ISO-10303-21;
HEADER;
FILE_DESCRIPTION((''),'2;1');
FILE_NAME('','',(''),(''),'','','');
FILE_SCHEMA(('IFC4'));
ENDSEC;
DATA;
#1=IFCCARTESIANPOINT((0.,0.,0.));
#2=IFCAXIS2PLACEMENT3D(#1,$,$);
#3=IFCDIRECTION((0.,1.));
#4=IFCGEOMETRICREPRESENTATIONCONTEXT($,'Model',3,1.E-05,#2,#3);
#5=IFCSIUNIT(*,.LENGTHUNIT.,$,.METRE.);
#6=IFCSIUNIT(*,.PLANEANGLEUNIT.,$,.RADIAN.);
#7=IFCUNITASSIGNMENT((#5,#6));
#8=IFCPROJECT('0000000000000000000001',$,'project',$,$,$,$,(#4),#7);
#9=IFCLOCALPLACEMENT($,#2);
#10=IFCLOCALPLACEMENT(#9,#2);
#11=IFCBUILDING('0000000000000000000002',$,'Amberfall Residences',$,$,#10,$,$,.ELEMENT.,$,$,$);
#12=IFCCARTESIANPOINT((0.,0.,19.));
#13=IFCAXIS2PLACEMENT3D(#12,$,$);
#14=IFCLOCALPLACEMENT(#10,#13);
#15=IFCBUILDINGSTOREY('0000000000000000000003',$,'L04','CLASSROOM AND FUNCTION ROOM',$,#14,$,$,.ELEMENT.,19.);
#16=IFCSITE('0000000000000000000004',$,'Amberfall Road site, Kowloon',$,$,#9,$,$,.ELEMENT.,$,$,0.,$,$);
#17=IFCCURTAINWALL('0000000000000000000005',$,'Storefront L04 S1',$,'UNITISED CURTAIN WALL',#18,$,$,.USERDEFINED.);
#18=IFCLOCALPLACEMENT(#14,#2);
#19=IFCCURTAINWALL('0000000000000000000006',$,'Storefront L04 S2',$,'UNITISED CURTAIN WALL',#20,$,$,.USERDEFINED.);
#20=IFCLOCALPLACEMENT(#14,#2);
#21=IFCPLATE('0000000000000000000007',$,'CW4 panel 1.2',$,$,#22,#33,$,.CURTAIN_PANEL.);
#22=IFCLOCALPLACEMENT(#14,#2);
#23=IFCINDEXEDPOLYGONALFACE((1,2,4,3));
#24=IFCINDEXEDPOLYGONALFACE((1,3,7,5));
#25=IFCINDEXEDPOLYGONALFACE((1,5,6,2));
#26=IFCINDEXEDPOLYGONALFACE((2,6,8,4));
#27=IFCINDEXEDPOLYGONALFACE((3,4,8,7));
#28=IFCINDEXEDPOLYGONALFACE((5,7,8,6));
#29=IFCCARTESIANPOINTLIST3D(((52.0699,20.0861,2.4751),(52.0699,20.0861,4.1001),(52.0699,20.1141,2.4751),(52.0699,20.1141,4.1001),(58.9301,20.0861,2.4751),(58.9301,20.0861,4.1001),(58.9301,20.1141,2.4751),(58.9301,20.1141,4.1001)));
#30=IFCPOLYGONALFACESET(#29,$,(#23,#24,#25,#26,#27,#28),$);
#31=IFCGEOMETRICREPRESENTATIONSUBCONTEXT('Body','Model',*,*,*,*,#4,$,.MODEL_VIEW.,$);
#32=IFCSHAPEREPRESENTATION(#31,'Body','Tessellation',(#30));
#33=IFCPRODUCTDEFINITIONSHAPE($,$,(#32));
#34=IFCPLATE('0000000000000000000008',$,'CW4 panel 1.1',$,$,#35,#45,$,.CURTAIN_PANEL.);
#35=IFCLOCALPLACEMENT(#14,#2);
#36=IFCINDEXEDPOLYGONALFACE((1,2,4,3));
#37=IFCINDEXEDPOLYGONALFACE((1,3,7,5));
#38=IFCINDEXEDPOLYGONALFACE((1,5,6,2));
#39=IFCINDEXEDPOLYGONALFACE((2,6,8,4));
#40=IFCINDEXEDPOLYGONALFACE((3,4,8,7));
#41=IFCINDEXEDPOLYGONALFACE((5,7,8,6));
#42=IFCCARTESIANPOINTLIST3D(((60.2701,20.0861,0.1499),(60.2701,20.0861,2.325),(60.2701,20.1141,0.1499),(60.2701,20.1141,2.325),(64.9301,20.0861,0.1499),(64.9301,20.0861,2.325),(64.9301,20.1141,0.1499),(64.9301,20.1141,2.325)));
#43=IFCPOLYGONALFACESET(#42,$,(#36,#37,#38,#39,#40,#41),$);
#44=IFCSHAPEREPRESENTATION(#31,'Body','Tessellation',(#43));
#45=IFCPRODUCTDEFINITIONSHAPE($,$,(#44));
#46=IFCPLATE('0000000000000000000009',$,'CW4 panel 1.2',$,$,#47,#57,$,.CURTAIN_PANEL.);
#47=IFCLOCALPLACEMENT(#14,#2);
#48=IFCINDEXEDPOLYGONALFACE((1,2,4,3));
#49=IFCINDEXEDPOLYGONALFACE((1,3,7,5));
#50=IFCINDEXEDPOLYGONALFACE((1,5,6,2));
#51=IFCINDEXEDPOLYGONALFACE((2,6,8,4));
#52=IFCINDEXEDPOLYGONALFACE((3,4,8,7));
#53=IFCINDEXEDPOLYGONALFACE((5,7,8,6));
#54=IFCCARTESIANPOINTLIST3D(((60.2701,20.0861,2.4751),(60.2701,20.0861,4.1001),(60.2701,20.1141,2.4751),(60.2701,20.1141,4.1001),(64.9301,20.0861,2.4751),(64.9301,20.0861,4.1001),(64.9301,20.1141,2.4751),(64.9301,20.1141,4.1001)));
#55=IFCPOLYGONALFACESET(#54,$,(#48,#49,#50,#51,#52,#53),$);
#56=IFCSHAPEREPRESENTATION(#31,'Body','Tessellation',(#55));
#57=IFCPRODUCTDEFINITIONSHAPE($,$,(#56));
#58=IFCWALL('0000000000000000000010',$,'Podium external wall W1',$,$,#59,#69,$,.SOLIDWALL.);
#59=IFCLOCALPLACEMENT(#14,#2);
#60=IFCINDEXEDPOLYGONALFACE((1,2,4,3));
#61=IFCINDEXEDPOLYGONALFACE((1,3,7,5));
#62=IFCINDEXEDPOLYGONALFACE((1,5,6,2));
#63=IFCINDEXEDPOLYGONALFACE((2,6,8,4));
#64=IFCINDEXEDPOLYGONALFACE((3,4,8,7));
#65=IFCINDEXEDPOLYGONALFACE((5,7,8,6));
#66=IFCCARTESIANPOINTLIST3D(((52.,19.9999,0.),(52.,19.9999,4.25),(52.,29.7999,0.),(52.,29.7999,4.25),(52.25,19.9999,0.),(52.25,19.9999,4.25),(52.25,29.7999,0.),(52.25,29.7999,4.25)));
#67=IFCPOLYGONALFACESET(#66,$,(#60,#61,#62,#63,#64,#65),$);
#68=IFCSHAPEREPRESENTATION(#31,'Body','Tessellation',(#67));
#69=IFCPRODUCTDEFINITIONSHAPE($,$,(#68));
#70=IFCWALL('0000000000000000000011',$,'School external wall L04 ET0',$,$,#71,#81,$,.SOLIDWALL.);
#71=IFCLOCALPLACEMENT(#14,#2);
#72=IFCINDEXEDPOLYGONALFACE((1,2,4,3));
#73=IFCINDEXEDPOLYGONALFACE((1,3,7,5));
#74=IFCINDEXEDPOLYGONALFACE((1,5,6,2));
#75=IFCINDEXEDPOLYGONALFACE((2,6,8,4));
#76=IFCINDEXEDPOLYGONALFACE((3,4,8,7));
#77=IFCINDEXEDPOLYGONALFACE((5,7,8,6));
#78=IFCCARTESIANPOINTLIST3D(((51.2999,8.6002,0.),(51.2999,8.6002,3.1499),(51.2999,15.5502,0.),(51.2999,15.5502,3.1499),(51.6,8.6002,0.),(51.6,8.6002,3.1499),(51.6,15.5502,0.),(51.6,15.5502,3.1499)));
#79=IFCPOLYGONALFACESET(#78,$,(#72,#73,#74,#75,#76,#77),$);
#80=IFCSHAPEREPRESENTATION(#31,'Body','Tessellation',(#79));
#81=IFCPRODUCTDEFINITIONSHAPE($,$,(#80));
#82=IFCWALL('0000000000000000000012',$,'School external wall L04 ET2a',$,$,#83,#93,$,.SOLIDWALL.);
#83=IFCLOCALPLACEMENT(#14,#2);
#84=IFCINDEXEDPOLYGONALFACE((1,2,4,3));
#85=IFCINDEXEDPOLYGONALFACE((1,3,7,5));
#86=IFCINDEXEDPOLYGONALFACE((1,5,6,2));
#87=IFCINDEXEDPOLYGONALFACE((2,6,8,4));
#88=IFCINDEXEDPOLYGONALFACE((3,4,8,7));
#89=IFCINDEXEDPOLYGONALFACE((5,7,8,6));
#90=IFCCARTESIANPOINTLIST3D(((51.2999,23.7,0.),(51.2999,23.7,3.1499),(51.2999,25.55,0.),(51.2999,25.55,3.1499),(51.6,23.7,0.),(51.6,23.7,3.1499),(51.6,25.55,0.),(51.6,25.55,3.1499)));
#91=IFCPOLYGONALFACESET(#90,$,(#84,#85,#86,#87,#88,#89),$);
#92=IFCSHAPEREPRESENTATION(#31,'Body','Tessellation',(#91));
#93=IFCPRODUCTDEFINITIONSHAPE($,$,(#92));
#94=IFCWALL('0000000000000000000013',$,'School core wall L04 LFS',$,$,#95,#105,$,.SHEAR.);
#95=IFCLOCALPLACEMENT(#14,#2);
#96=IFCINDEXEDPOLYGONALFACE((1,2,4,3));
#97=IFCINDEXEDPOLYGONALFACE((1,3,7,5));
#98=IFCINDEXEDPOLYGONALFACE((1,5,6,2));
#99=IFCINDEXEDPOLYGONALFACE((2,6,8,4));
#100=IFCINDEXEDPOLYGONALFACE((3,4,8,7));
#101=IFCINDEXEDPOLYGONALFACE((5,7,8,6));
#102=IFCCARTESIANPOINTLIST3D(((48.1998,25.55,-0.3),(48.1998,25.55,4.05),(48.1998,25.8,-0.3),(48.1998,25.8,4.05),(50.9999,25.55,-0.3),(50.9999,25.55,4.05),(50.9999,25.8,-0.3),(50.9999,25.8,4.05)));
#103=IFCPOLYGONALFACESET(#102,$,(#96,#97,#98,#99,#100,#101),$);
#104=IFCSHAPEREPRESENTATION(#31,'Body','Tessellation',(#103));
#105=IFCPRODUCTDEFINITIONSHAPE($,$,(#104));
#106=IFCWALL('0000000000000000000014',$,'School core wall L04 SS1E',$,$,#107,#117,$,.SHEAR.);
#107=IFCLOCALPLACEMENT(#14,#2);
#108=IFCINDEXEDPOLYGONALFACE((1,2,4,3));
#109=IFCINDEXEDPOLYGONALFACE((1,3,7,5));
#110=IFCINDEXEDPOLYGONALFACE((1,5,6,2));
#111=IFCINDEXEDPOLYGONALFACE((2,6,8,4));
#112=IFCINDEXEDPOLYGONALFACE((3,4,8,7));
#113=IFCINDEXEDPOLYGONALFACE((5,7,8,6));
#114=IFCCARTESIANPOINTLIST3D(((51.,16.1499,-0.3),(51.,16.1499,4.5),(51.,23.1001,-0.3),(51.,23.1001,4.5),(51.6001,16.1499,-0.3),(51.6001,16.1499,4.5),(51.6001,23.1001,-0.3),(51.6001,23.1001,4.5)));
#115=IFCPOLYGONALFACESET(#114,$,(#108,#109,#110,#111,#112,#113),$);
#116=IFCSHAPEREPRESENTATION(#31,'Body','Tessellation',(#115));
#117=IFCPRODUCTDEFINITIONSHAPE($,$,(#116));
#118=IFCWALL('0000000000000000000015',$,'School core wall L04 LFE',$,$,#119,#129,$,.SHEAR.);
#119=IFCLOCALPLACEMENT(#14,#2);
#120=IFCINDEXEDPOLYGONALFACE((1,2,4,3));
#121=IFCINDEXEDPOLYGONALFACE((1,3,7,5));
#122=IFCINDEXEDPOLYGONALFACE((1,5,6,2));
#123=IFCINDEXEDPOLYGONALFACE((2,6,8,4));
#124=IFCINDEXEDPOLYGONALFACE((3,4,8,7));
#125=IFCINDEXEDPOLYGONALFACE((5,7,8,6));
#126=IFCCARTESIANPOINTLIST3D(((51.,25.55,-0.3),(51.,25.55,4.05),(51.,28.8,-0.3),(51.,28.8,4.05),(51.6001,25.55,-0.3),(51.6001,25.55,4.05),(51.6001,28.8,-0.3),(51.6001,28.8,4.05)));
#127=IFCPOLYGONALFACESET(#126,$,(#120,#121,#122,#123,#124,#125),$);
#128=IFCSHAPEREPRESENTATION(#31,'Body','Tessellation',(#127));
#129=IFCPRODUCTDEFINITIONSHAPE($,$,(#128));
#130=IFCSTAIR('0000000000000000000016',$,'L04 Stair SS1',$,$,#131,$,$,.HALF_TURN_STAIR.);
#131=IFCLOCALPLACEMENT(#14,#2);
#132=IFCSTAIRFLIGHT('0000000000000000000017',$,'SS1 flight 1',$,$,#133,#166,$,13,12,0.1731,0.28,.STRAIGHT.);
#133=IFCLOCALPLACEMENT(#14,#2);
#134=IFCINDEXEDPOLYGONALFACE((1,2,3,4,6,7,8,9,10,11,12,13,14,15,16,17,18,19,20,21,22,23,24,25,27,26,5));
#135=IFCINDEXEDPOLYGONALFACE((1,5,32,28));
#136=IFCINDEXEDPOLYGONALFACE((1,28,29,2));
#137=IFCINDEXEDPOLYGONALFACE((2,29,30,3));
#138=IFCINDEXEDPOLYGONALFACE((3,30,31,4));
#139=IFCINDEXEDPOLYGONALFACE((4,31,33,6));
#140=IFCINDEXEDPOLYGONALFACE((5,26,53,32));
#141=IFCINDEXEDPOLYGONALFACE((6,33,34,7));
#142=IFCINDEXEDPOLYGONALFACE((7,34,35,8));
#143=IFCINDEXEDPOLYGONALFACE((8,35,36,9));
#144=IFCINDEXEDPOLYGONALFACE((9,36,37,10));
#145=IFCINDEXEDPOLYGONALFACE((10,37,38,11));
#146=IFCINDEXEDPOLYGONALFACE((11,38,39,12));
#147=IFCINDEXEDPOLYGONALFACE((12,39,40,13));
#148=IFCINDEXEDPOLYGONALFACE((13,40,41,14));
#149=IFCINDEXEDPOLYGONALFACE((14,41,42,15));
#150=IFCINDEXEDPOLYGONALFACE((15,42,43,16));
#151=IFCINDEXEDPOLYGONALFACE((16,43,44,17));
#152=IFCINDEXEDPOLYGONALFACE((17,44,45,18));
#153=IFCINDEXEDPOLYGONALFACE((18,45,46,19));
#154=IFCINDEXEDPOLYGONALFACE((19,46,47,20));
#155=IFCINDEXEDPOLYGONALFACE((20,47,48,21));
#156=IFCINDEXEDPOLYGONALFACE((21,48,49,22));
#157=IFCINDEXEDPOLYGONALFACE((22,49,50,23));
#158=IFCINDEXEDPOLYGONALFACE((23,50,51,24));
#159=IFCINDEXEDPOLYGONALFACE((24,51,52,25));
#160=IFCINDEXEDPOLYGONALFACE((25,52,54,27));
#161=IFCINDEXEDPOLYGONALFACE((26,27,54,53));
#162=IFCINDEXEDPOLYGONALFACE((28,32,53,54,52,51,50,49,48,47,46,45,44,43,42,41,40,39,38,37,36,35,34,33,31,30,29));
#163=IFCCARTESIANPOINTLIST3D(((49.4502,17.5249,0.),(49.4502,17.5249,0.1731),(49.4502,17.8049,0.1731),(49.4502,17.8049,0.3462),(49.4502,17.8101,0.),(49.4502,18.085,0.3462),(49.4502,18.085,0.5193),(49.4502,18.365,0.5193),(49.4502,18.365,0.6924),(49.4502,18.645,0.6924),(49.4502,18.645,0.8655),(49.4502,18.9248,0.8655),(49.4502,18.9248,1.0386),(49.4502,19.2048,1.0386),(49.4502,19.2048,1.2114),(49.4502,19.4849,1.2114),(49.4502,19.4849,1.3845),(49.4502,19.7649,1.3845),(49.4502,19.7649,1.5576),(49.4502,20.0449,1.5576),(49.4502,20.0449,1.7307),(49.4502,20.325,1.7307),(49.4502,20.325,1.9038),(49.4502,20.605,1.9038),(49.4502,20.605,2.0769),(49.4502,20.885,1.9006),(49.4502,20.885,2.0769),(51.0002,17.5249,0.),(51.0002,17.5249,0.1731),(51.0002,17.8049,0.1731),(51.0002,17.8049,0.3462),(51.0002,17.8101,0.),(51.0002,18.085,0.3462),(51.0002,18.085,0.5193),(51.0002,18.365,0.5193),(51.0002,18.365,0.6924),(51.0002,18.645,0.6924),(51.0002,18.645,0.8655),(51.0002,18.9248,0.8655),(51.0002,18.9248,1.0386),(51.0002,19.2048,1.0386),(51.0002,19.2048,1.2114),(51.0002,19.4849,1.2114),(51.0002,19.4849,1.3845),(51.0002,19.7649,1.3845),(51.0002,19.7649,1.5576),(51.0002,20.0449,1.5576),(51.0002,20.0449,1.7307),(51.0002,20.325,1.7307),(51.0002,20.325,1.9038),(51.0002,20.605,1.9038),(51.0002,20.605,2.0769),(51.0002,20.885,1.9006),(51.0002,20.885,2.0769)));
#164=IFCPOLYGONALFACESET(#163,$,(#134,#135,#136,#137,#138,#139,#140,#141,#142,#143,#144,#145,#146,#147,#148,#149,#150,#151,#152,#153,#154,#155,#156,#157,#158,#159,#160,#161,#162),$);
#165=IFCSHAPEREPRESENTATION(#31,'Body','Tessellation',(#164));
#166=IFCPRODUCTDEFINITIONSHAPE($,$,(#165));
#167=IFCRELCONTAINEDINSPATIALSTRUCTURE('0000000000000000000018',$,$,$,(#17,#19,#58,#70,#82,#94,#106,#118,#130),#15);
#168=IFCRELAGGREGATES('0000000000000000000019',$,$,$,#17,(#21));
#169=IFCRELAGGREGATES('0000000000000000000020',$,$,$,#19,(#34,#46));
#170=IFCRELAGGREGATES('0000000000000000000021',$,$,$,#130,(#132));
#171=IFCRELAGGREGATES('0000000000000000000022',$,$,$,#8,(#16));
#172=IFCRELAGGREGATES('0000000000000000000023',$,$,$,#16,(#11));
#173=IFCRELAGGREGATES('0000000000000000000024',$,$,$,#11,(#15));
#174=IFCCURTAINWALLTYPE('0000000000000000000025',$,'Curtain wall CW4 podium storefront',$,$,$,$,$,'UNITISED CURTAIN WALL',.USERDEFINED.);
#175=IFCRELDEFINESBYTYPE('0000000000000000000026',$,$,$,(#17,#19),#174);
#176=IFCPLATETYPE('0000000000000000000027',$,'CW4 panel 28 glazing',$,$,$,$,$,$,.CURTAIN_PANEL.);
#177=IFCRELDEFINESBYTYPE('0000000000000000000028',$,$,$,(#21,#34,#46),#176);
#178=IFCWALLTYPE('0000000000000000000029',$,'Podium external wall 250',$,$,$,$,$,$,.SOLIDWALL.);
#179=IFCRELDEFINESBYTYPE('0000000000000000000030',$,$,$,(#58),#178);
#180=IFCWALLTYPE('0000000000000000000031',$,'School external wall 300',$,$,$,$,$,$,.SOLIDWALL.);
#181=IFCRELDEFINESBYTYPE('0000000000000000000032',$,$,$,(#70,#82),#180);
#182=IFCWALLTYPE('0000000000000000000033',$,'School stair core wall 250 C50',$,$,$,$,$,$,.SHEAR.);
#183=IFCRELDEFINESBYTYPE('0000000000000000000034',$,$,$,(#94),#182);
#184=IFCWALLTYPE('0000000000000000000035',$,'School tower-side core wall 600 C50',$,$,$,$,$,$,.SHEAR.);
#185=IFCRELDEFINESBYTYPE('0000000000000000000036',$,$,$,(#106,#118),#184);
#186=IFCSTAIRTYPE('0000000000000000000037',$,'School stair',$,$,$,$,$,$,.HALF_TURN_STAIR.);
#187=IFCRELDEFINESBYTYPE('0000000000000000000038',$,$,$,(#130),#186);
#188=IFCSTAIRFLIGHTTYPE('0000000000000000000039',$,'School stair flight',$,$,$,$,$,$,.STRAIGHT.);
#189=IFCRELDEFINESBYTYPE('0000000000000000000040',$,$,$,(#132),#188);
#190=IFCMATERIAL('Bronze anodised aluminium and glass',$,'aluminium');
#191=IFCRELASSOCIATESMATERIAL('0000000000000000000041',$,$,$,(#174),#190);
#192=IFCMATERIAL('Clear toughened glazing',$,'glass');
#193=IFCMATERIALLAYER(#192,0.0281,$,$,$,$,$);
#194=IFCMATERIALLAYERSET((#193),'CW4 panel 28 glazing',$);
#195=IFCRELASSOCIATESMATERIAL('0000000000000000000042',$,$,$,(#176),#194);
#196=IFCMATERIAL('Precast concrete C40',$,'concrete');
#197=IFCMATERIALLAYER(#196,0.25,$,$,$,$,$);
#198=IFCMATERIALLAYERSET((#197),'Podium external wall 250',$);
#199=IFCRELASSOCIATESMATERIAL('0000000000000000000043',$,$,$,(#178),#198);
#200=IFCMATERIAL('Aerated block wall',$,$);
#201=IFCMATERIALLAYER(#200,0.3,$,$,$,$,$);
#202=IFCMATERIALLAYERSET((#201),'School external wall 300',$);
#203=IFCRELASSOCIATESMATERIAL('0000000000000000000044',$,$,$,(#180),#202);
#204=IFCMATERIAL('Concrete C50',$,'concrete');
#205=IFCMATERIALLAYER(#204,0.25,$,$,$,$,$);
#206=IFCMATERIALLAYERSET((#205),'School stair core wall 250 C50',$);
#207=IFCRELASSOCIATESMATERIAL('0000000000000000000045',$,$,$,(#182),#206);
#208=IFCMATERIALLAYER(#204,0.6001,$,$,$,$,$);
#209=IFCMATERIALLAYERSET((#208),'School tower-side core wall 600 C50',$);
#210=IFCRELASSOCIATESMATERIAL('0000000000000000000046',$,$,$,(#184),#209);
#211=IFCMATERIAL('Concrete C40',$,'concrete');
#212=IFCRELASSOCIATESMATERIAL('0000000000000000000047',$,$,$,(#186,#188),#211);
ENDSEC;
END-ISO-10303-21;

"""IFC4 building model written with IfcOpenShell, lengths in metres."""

from ifc_helpers import new_model, si_unit, direction, frame, frame_2d, origin, origin_2d, place, context, subcontext, project, spatial, polyline, rectangle, outline, extrude, material, layer, layer_set, type_object, element, aggregate, save


model = new_model("IFC4")

# Units and contexts
model_context = context("Model", 3, precision=1e-05, world=origin(), true_north=direction((0.0, 1.0)))
body_context = subcontext(model_context, "Body", "Model", "MODEL_VIEW")
ifc_project = project(units=[si_unit("LENGTHUNIT", "METRE"), si_unit("PLANEANGLEUNIT", "RADIAN")], contexts=[model_context])

# Site, building, storey
site_placement = place(None, origin())
site = spatial("IfcSite", under=ifc_project, at=site_placement, Name="Amberfall Road site, Kowloon", CompositionType="ELEMENT", RefElevation=0.0)
building_placement = place(site_placement, origin())
building = spatial("IfcBuilding", under=site, at=building_placement, Name="Amberfall Residences", CompositionType="ELEMENT")
storey_placement = place(building_placement, frame((0.0, 0.0, 19.0)))
storey = spatial("IfcBuildingStorey", under=building, at=storey_placement, Name="L04", Description="CLASSROOM AND FUNCTION ROOM", CompositionType="ELEMENT", Elevation=19.0)

# Shared definitions
ifc_material_1 = material(Name="Concrete C40", Category="concrete")

# Curtain walls
ifc_material_2 = material(Name="Bronze anodised aluminium and glass", Category="aluminium")
curtain_wall_type = type_object("IfcCurtainWallType", Name="Curtain wall CW4 podium storefront", ElementType="UNITISED CURTAIN WALL", PredefinedType="USERDEFINED", material=ifc_material_2)
curtain_wall_1_placement = place(storey_placement, origin())
curtain_wall_1 = element("IfcCurtainWall", 1, at=curtain_wall_1_placement, inside=storey, type_object=curtain_wall_type, Name="Storefront L04 S1", ObjectType="UNITISED CURTAIN WALL", PredefinedType="USERDEFINED")
curtain_wall_2_placement = place(storey_placement, origin())
curtain_wall_2 = element("IfcCurtainWall", 2, at=curtain_wall_2_placement, inside=storey, type_object=curtain_wall_type, Name="Storefront L04 S2", ObjectType="UNITISED CURTAIN WALL", PredefinedType="USERDEFINED")

# Plates
ifc_material_3 = material(Name="Clear toughened glazing", Category="glass")
ifc_layer_1 = layer(ifc_material_3, 0.0281)
ifc_layer_set_1 = layer_set([ifc_layer_1], Name="CW4 panel 28 glazing")
plate_type = type_object("IfcPlateType", Name="CW4 panel 28 glazing", PredefinedType="CURTAIN_PANEL", material=ifc_layer_set_1)
plate_1_placement = place(storey_placement, frame((55.5, 20.1001, 2.4751), z_axis=(0.0, 0.0, 1.0), x_axis=(1.0, 0.0, 0.0)))
plate_1 = element("IfcPlate", 3, at=plate_1_placement, type_object=plate_type, Name="CW4 panel 1.2", PredefinedType="CURTAIN_PANEL", context=body_context, shape_type="SweptSolid", body=[
    extrude(rectangle(XDim=6.8601, YDim=0.0281, at=origin_2d()), origin(), (0.0, 0.0, 1.0), 1.625),
])
aggregate(curtain_wall_1, [plate_1])
plate_2_placement = place(storey_placement, frame((62.6001, 20.1001, 0.1499), z_axis=(0.0, 0.0, 1.0), x_axis=(1.0, 0.0, 0.0)))
plate_2 = element("IfcPlate", 4, at=plate_2_placement, type_object=plate_type, Name="CW4 panel 1.1", PredefinedType="CURTAIN_PANEL", context=body_context, shape_type="SweptSolid", body=[
    extrude(rectangle(XDim=4.6599, YDim=0.0281, at=origin_2d()), origin(), (0.0, 0.0, 1.0), 2.175),
])
plate_3_placement = place(storey_placement, frame((62.6001, 20.1001, 2.4751), z_axis=(0.0, 0.0, 1.0), x_axis=(1.0, 0.0, 0.0)))
plate_3 = element("IfcPlate", 5, at=plate_3_placement, type_object=plate_type, Name="CW4 panel 1.2", PredefinedType="CURTAIN_PANEL", context=body_context, shape_type="SweptSolid", body=[
    extrude(rectangle(XDim=4.6599, YDim=0.0281, at=origin_2d()), origin(), (0.0, 0.0, 1.0), 1.625),
])
aggregate(curtain_wall_2, [plate_2, plate_3])

# Walls
ifc_material_4 = material(Name="Precast concrete C40", Category="concrete")
ifc_layer_2 = layer(ifc_material_4, 0.25)
ifc_layer_set_2 = layer_set([ifc_layer_2], Name="Podium external wall 250")
wall_type_1 = type_object("IfcWallType", Name="Podium external wall 250", PredefinedType="SOLIDWALL", material=ifc_layer_set_2)
wall_1_placement = place(storey_placement, frame((52.125, 20.0, 0.0), z_axis=(0.0, 0.0, 1.0), x_axis=(0.0, 1.0, 0.0)))
element("IfcWall", 6, at=wall_1_placement, inside=storey, type_object=wall_type_1, Name="Podium external wall W1", PredefinedType="SOLIDWALL", context=body_context, shape_type="SweptSolid", body=[
    extrude(rectangle(XDim=9.8, YDim=0.25, at=frame_2d((4.8999, 0.0))), origin(), (0.0, 0.0, 1.0), 4.25),
])
ifc_material_5 = material(Name="Aerated block wall")
ifc_layer_3 = layer(ifc_material_5, 0.3)
ifc_layer_set_3 = layer_set([ifc_layer_3], Name="School external wall 300")
wall_type_2 = type_object("IfcWallType", Name="School external wall 300", PredefinedType="SOLIDWALL", material=ifc_layer_set_3)
wall_2_placement = place(storey_placement, frame((51.45, 8.6001, 0.0), z_axis=(0.0, 0.0, 1.0), x_axis=(0.0, 1.0, 0.0)))
element("IfcWall", 7, at=wall_2_placement, inside=storey, type_object=wall_type_2, Name="School external wall L04 ET0", PredefinedType="SOLIDWALL", context=body_context, shape_type="SweptSolid", body=[
    extrude(rectangle(XDim=6.95, YDim=0.3, at=frame_2d((3.4751, 0.0))), origin(), (0.0, 0.0, 1.0), 3.1499),
])
wall_3_placement = place(storey_placement, frame((51.45, 23.7, 0.0), z_axis=(0.0, 0.0, 1.0), x_axis=(0.0, 1.0, 0.0)))
element("IfcWall", 8, at=wall_3_placement, inside=storey, type_object=wall_type_2, Name="School external wall L04 ET2a", PredefinedType="SOLIDWALL", context=body_context, shape_type="SweptSolid", body=[
    extrude(rectangle(XDim=1.8501, YDim=0.3, at=frame_2d((0.925, 0.0))), origin(), (0.0, 0.0, 1.0), 3.1499),
])
ifc_material_6 = material(Name="Concrete C50", Category="concrete")
ifc_layer_4 = layer(ifc_material_6, 0.25)
ifc_layer_set_4 = layer_set([ifc_layer_4], Name="School stair core wall 250 C50")
wall_type_3 = type_object("IfcWallType", Name="School stair core wall 250 C50", PredefinedType="SHEAR", material=ifc_layer_set_4)
wall_4_placement = place(storey_placement, frame((48.2, 25.675, -0.3), z_axis=(0.0, 0.0, 1.0), x_axis=(1.0, 0.0, 0.0)))
element("IfcWall", 9, at=wall_4_placement, inside=storey, type_object=wall_type_3, Name="School core wall L04 LFS", PredefinedType="SHEAR", context=body_context, shape_type="SweptSolid", body=[
    extrude(rectangle(XDim=2.8, YDim=0.25, at=frame_2d((1.3999, 0.0))), origin(), (0.0, 0.0, 1.0), 4.3501),
])
ifc_layer_5 = layer(ifc_material_6, 0.6001)
ifc_layer_set_5 = layer_set([ifc_layer_5], Name="School tower-side core wall 600 C50")
wall_type_4 = type_object("IfcWallType", Name="School tower-side core wall 600 C50", PredefinedType="SHEAR", material=ifc_layer_set_5)
wall_5_placement = place(storey_placement, frame((51.3, 16.1499, -0.3), z_axis=(0.0, 0.0, 1.0), x_axis=(0.0, 1.0, 0.0)))
element("IfcWall", 10, at=wall_5_placement, inside=storey, type_object=wall_type_4, Name="School core wall L04 SS1E", PredefinedType="SHEAR", context=body_context, shape_type="SweptSolid", body=[
    extrude(rectangle(XDim=6.9502, YDim=0.6001, at=frame_2d((3.4751, 0.0))), origin(), (0.0, 0.0, 1.0), 4.8),
])
wall_6_placement = place(storey_placement, frame((51.3, 25.55, -0.3), z_axis=(0.0, 0.0, 1.0), x_axis=(0.0, 1.0, 0.0)))
element("IfcWall", 11, at=wall_6_placement, inside=storey, type_object=wall_type_4, Name="School core wall L04 LFE", PredefinedType="SHEAR", context=body_context, shape_type="SweptSolid", body=[
    extrude(rectangle(XDim=3.25, YDim=0.6001, at=frame_2d((1.625, 0.0))), origin(), (0.0, 0.0, 1.0), 4.3501),
])

# Stair, stair flight
stair_type = type_object("IfcStairType", Name="School stair", PredefinedType="HALF_TURN_STAIR", material=ifc_material_1)
stair_placement = place(storey_placement, origin())
stair = element("IfcStair", 12, at=stair_placement, inside=storey, type_object=stair_type, Name="L04 Stair SS1", PredefinedType="HALF_TURN_STAIR")
stair_flight_type = type_object("IfcStairFlightType", Name="School stair flight", PredefinedType="STRAIGHT", material=ifc_material_1)
stair_flight_1_placement = place(storey_placement, frame((50.2251, 17.5249, 0.0), z_axis=(0.0, 0.0, 1.0), x_axis=(0.0, 1.0, 0.0)))
stair_flight_1 = element("IfcStairFlight", 13, at=stair_flight_1_placement, type_object=stair_flight_type, Name="SS1 flight 1", NumberOfRisers=13, NumberOfTreads=12, PredefinedType="STRAIGHT", RiserHeight=0.1731, TreadLength=0.28, context=body_context, shape_type="SweptSolid", body=[
    extrude(outline(polyline([(0.0, 0.0), (0.0, 0.1731), (0.28, 0.1731), (0.28, 0.3462), (0.5601, 0.3462), (0.5601, 0.5193), (0.8401, 0.5193), (0.8401, 0.6924), (1.1201, 0.6924), (1.1201, 0.8655), (1.3999, 0.8655), (1.3999, 1.0386), (1.6799, 1.0386), (1.6799, 1.2114), (1.96, 1.2114), (1.96, 1.3845), (2.24, 1.3845), (2.24, 1.5576), (2.52, 1.5576), (2.52, 1.7307), (2.8, 1.7307), (2.8, 1.9038), (3.0801, 1.9038), (3.0801, 2.0769), (3.3601, 2.0769), (3.3601, 2.25), (3.3601, 1.9006), (0.2852, 0.0), (0.0, 0.0)])), frame((0.0, 0.7749, 0.0), z_axis=(0.0, -1.0, 0.0), x_axis=(1.0, 0.0, 0.0)), (0.0, 0.0, 1.0), 1.55),
])
aggregate(stair, [stair_flight_1])

save(model, "model.ifc")
